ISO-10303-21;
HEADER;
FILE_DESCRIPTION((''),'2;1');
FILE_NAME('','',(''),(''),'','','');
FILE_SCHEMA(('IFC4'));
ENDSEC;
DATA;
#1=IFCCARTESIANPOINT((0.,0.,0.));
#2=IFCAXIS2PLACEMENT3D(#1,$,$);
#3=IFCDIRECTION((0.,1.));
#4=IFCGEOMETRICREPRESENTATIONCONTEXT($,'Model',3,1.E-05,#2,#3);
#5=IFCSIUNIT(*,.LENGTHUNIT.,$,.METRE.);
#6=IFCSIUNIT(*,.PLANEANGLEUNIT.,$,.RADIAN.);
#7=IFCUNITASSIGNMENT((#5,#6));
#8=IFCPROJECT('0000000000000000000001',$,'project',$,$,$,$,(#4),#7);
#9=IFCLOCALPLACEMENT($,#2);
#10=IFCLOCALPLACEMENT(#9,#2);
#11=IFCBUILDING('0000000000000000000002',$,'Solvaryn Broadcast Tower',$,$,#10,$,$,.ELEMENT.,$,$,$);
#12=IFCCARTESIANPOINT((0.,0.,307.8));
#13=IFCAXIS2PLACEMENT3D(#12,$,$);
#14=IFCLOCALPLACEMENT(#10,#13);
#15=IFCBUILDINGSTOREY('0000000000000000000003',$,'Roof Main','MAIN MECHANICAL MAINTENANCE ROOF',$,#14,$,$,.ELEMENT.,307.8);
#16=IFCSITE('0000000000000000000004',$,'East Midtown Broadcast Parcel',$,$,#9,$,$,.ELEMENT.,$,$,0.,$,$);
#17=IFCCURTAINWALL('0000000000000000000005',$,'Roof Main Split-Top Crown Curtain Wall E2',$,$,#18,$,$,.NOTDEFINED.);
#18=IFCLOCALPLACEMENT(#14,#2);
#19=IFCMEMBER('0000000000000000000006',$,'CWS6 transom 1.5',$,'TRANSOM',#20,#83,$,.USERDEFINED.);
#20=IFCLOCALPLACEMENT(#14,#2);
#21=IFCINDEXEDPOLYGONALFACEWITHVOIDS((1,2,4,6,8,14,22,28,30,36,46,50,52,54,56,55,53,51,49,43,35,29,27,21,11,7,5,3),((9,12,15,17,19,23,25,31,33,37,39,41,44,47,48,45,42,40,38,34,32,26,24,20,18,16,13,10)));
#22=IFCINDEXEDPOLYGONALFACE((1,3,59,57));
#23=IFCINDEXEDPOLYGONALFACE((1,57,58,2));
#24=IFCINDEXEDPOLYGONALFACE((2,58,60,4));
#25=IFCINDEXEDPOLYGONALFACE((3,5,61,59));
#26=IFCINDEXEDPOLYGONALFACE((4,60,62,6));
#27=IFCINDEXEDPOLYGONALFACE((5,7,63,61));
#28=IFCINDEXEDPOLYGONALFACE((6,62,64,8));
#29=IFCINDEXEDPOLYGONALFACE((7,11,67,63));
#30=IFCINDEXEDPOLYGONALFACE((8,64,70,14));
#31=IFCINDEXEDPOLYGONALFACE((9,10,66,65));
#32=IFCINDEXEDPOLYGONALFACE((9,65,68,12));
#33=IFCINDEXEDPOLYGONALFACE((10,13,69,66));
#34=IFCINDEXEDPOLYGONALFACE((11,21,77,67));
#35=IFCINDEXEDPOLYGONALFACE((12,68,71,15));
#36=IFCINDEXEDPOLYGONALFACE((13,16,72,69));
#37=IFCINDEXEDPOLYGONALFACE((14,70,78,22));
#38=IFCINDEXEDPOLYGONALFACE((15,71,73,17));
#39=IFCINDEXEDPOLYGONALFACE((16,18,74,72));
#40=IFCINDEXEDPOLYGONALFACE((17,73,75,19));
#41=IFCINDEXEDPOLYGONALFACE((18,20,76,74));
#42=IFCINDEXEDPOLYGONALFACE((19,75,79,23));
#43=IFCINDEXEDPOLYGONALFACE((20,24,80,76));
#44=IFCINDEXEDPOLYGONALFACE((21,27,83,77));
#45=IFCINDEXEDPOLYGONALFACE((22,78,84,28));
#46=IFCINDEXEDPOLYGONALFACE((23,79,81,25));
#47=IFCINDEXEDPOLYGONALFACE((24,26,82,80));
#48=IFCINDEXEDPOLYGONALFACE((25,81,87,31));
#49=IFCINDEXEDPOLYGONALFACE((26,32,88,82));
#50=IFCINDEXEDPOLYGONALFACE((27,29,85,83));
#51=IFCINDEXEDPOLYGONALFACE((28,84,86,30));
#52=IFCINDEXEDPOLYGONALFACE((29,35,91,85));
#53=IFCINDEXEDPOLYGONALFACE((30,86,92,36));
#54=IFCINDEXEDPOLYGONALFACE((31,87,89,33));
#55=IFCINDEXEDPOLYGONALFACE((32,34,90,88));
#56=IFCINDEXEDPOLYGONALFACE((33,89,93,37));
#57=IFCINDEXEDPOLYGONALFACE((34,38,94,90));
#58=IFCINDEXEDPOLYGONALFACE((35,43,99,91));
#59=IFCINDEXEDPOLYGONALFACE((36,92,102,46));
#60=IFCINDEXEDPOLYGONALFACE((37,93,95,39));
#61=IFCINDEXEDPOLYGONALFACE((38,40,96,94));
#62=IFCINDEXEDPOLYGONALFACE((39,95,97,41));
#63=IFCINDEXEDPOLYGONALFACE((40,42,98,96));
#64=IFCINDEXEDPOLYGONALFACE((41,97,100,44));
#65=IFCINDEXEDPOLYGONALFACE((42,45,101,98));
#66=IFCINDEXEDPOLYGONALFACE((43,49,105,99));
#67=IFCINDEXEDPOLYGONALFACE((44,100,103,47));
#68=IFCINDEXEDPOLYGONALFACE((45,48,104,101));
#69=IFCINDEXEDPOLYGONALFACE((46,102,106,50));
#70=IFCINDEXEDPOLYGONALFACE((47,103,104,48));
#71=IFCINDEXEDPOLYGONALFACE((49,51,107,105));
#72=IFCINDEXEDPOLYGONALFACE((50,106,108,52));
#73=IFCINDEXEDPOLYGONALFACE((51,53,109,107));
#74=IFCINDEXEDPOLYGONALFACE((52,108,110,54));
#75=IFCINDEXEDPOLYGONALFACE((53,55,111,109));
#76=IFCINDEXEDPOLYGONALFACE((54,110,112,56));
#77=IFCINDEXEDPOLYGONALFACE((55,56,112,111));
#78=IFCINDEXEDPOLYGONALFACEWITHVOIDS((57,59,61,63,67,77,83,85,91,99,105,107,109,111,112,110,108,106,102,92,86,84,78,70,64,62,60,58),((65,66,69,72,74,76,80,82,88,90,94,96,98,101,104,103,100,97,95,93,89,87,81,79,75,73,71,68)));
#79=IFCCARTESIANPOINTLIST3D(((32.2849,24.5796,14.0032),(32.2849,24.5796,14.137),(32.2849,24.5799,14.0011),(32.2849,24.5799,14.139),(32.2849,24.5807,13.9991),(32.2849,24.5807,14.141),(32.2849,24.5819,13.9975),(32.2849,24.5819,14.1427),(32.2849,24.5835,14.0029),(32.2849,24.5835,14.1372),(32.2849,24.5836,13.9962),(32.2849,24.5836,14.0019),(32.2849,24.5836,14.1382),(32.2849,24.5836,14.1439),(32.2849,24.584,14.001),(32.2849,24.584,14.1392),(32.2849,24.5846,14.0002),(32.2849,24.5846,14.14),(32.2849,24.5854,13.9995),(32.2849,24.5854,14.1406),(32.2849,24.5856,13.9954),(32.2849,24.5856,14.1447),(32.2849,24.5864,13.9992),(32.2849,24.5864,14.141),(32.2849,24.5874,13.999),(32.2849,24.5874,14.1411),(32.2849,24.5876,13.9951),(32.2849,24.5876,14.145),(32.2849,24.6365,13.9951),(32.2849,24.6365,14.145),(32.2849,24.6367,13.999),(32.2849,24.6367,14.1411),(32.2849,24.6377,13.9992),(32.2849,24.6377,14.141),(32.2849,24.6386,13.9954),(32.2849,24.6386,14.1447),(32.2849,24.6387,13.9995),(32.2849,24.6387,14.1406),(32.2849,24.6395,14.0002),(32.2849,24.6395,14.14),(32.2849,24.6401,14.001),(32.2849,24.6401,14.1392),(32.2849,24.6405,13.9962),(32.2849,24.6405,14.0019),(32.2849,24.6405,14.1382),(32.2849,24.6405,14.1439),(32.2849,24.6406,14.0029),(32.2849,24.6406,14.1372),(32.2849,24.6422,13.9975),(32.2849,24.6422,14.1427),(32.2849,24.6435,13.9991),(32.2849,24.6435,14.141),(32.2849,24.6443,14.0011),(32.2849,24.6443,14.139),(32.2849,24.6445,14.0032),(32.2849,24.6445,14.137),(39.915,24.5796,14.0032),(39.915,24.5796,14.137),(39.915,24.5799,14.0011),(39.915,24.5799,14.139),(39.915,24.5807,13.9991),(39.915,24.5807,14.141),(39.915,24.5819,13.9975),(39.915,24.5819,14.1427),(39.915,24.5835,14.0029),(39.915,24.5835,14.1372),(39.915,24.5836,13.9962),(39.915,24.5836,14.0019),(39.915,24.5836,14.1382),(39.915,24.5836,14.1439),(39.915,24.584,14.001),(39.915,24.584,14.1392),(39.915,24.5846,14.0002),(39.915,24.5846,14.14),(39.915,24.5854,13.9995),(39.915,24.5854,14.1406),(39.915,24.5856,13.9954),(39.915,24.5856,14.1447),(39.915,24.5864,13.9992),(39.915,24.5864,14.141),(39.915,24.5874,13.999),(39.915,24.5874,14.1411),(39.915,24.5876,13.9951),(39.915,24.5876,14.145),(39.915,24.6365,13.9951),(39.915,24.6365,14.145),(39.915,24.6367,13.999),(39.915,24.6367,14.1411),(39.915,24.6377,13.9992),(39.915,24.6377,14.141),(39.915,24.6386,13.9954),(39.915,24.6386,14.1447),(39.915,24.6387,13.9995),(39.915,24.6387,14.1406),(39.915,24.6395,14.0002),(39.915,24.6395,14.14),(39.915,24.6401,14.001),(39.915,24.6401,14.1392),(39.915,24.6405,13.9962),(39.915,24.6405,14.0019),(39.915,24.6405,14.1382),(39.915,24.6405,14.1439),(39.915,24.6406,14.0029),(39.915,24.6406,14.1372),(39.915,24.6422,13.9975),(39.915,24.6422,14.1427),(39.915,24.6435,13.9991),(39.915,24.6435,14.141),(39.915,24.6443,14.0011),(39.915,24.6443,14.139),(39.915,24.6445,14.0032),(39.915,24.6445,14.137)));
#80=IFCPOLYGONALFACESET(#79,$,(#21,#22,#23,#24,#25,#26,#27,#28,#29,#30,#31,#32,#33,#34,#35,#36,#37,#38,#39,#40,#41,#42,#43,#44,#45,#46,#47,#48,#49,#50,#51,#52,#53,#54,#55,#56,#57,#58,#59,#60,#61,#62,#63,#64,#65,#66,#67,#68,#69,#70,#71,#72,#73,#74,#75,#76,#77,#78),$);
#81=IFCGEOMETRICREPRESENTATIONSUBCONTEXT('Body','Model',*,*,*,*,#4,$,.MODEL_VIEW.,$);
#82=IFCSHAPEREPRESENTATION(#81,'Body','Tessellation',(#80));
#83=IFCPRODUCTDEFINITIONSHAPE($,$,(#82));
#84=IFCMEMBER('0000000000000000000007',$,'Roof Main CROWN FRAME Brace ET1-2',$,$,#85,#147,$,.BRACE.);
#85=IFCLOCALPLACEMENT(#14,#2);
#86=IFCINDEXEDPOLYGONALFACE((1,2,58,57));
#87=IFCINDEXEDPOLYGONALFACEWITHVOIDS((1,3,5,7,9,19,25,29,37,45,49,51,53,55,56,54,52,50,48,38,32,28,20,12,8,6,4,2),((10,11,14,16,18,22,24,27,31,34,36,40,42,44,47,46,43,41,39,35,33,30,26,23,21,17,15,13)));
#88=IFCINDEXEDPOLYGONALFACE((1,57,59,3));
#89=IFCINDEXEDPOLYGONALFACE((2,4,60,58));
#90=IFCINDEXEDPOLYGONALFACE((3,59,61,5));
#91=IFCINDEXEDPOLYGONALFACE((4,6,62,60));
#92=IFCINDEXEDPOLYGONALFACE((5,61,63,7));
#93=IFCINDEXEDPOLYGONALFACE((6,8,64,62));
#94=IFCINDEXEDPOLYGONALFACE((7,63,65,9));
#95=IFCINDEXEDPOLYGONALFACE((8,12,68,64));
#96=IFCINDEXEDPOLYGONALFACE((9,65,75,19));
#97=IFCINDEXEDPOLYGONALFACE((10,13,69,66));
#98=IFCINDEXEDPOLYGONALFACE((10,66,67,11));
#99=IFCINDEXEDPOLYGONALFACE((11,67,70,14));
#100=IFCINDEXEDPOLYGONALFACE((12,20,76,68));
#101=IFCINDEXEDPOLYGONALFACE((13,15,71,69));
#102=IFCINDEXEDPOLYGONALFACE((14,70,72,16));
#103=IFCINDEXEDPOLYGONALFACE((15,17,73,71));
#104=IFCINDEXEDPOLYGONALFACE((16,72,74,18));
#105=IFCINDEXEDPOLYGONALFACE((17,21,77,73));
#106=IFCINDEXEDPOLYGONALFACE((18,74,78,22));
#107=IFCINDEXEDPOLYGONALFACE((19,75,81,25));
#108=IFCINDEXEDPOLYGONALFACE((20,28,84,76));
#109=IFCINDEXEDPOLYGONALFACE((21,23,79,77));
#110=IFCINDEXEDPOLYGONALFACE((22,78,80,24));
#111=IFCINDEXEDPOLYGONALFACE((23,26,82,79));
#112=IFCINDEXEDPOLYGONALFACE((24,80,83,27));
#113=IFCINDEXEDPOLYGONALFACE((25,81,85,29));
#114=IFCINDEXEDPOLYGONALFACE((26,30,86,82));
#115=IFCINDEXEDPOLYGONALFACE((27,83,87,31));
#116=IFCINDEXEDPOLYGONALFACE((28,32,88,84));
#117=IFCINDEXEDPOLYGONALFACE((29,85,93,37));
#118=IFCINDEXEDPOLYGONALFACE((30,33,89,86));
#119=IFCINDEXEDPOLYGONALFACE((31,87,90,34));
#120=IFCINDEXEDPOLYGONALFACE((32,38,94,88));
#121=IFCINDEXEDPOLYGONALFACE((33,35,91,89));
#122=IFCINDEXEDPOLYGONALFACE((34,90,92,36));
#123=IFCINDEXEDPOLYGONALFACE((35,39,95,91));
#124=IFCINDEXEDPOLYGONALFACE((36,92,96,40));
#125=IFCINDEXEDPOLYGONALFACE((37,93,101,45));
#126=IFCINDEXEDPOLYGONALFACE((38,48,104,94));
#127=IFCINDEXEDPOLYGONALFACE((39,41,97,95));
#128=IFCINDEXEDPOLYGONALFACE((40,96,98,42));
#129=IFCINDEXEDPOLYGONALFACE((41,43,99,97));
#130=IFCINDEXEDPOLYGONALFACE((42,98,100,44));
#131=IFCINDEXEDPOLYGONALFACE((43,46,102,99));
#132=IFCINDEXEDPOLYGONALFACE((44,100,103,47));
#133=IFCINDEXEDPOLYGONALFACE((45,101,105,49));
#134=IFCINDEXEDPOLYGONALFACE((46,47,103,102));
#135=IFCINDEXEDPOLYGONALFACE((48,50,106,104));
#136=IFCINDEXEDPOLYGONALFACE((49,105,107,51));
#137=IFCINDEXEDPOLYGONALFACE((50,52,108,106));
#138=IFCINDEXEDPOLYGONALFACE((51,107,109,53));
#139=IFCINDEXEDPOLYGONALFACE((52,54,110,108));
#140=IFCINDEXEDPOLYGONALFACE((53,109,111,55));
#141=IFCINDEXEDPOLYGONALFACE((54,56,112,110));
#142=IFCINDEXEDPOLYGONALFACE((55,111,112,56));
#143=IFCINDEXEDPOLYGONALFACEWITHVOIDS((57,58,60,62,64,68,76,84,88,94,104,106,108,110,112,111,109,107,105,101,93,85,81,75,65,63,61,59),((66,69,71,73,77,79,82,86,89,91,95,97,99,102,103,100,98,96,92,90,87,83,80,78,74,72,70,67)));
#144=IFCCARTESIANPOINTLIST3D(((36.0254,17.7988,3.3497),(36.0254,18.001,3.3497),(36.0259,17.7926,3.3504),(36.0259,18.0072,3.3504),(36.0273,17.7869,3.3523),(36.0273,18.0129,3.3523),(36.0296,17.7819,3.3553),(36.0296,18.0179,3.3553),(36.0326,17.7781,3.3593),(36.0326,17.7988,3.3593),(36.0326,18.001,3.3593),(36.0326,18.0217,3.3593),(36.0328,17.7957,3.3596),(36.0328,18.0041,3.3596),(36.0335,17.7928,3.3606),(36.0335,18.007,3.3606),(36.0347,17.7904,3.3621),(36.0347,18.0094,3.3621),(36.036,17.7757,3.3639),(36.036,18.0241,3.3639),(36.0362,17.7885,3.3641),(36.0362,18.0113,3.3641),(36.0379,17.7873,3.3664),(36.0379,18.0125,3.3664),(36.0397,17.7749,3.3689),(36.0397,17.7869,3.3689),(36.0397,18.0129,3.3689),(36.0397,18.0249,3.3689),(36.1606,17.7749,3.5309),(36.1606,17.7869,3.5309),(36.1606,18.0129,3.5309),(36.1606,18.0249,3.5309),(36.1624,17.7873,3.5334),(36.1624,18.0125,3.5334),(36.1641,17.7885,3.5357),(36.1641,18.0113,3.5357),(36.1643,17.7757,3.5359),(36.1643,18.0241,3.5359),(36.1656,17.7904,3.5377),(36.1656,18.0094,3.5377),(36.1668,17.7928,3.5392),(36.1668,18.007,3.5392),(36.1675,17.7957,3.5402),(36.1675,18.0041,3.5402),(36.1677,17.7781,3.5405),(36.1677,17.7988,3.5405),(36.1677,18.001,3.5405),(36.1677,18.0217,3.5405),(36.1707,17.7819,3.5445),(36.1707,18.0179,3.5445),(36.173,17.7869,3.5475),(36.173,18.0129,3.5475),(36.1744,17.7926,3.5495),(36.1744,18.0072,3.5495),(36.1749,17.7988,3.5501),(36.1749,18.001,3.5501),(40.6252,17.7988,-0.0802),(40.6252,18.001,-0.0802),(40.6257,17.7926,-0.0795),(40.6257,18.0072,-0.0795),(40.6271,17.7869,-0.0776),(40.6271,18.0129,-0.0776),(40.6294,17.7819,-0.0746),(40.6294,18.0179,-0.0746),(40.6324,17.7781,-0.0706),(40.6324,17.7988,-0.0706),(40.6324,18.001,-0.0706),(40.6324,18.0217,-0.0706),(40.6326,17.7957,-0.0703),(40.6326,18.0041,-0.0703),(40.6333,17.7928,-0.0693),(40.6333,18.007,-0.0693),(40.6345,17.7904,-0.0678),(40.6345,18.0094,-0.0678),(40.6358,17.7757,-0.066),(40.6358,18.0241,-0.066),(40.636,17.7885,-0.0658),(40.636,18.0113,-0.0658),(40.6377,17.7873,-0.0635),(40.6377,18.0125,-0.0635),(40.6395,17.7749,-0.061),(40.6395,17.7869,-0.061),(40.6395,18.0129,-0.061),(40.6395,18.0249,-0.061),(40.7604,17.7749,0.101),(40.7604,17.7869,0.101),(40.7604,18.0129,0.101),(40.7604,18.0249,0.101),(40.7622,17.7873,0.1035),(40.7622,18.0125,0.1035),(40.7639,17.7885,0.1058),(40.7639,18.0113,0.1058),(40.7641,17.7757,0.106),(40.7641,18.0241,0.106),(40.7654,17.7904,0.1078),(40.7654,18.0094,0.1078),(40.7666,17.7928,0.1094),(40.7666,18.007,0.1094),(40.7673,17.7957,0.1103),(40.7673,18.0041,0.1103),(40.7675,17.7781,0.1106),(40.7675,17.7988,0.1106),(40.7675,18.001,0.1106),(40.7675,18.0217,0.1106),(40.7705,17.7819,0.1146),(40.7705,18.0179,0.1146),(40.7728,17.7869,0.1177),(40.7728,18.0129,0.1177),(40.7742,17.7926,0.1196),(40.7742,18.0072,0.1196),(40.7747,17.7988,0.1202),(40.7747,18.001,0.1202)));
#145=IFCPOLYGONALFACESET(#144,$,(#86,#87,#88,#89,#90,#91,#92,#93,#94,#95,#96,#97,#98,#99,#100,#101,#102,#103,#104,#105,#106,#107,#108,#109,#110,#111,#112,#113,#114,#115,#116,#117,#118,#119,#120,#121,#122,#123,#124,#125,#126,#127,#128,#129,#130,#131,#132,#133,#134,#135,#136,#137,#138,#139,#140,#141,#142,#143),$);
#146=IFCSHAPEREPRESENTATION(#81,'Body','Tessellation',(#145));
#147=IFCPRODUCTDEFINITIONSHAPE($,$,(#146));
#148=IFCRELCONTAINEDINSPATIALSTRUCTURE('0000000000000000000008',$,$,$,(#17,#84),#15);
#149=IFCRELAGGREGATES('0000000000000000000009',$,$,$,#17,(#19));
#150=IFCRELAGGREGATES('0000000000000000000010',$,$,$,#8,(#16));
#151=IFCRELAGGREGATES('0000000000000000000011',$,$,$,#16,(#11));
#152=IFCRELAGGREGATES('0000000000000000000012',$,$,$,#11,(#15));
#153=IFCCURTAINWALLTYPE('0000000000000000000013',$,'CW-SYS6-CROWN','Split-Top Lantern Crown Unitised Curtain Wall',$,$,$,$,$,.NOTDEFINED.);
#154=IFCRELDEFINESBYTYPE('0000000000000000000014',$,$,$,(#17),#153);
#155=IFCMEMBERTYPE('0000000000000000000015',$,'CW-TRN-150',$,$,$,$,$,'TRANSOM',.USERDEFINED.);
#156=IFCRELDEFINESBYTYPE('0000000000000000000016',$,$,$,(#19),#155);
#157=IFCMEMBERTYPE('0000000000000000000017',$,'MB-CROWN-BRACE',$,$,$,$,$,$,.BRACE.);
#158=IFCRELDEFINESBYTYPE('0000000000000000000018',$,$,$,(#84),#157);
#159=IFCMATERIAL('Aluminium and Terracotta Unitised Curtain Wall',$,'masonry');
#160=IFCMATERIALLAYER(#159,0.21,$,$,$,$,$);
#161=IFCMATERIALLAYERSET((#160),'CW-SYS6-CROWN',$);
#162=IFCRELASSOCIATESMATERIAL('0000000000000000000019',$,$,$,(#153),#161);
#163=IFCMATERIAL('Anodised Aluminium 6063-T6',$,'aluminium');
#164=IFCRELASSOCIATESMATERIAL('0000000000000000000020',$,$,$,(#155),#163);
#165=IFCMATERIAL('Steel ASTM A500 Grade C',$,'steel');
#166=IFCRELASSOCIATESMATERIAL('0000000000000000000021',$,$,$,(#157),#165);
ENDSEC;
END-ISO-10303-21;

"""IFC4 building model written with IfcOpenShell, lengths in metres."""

from ifc_helpers import new_model, si_unit, direction, frame, origin, origin_2d, place, context, subcontext, project, spatial, hollow_rectangle, extrude, material, layer, layer_set, material_profile, profile_set, type_object, element, aggregate, save


model = new_model("IFC4")

# Units and contexts
model_context = context("Model", 3, precision=1e-05, world=origin(), true_north=direction((0.0, 1.0)))
body_context = subcontext(model_context, "Body", "Model", "MODEL_VIEW")
ifc_project = project(units=[si_unit("LENGTHUNIT", "METRE"), si_unit("PLANEANGLEUNIT", "RADIAN")], contexts=[model_context])

# Site, building, storey
site_placement = place(None, origin())
site = spatial("IfcSite", under=ifc_project, at=site_placement, Name="East Midtown Broadcast Parcel", CompositionType="ELEMENT", RefElevation=0.0)
building_placement = place(site_placement, origin())
building = spatial("IfcBuilding", under=site, at=building_placement, Name="Solvaryn Broadcast Tower", CompositionType="ELEMENT")
storey_placement = place(building_placement, frame((0.0, 0.0, 307.8)))
storey = spatial("IfcBuildingStorey", under=building, at=storey_placement, Name="Roof Main", Description="MAIN MECHANICAL MAINTENANCE ROOF", CompositionType="ELEMENT", Elevation=307.8)

# Shared definitions
ifc_material_1 = material(Name="Aluminium and Terracotta Unitised Curtain Wall", Category="masonry")
ifc_layer_1 = layer(ifc_material_1, 0.21)
ifc_layer_set_1 = layer_set([ifc_layer_1], Name="CW-SYS6-CROWN")
curtain_wall_type = type_object("IfcCurtainWallType", Name="CW-SYS6-CROWN", Description="Split-Top Lantern Crown Unitised Curtain Wall", PredefinedType="NOTDEFINED", material=ifc_layer_set_1)

# Curtain wall
curtain_wall_1_placement = place(storey_placement, origin())
curtain_wall_1 = element("IfcCurtainWall", 1, at=curtain_wall_1_placement, inside=storey, type_object=curtain_wall_type, Name="Roof Main Split-Top Crown Curtain Wall E2", PredefinedType="NOTDEFINED")

# Member
ifc_material_2 = material(Name="Anodised Aluminium 6063-T6", Category="aluminium")
ifc_material_profile_1 = material_profile(ifc_material_2, hollow_rectangle(XDim=0.0649, YDim=0.1499, WallThickness=0.0039, InnerFilletRadius=0.0039, OuterFilletRadius=0.0081, at=origin_2d()))
ifc_profile_set_1 = profile_set([ifc_material_profile_1], Name="Anodised Aluminium 6063-T6")
member_type_1 = type_object("IfcMemberType", Name="CW-TRN-150", ElementType="TRANSOM", PredefinedType="USERDEFINED", material=ifc_profile_set_1)
member_1_placement = place(storey_placement, frame((39.915, 24.6121, 14.0701), z_axis=(-1.0, 0.0, 0.0), x_axis=(0.0, -1.0, 0.0)))
member_1 = element("IfcMember", 2, at=member_1_placement, type_object=member_type_1, Name="CWS6 transom 1.5", ObjectType="TRANSOM", PredefinedType="USERDEFINED", context=body_context, shape_type="SweptSolid", body=[
    extrude(hollow_rectangle(XDim=0.0649, YDim=0.1499, WallThickness=0.0039, InnerFilletRadius=0.0039, OuterFilletRadius=0.0081, at=origin_2d()), origin(), (0.0, 0.0, 1.0), 7.6301),
])

# Member
ifc_material_3 = material(Name="Steel ASTM A500 Grade C", Category="steel")
ifc_material_profile_2 = material_profile(ifc_material_3, hollow_rectangle(XDim=0.25, YDim=0.25, WallThickness=0.012, InnerFilletRadius=0.012, OuterFilletRadius=0.0239, at=origin_2d()))
ifc_profile_set_2 = profile_set([ifc_material_profile_2], Name="Steel ASTM A500 Grade C")
member_type_2 = type_object("IfcMemberType", Name="MB-CROWN-BRACE", PredefinedType="BRACE", material=ifc_profile_set_2)
member_2_placement = place(storey_placement, frame((40.7, 17.8999, 0.02), z_axis=(-0.801667, 0.0, 0.597772), x_axis=(0.0, -1.0, 0.0)))
element("IfcMember", 3, at=member_2_placement, inside=storey, type_object=member_type_2, Name="Roof Main CROWN FRAME Brace ET1-2", PredefinedType="BRACE", context=body_context, shape_type="SweptSolid", body=[
    extrude(hollow_rectangle(XDim=0.25, YDim=0.25, WallThickness=0.012, InnerFilletRadius=0.012, OuterFilletRadius=0.0239, at=origin_2d()), origin(), (0.0, 0.0, 1.0), 5.7378),
])

aggregate(curtain_wall_1, [member_1])

save(model, "model.ifc")
